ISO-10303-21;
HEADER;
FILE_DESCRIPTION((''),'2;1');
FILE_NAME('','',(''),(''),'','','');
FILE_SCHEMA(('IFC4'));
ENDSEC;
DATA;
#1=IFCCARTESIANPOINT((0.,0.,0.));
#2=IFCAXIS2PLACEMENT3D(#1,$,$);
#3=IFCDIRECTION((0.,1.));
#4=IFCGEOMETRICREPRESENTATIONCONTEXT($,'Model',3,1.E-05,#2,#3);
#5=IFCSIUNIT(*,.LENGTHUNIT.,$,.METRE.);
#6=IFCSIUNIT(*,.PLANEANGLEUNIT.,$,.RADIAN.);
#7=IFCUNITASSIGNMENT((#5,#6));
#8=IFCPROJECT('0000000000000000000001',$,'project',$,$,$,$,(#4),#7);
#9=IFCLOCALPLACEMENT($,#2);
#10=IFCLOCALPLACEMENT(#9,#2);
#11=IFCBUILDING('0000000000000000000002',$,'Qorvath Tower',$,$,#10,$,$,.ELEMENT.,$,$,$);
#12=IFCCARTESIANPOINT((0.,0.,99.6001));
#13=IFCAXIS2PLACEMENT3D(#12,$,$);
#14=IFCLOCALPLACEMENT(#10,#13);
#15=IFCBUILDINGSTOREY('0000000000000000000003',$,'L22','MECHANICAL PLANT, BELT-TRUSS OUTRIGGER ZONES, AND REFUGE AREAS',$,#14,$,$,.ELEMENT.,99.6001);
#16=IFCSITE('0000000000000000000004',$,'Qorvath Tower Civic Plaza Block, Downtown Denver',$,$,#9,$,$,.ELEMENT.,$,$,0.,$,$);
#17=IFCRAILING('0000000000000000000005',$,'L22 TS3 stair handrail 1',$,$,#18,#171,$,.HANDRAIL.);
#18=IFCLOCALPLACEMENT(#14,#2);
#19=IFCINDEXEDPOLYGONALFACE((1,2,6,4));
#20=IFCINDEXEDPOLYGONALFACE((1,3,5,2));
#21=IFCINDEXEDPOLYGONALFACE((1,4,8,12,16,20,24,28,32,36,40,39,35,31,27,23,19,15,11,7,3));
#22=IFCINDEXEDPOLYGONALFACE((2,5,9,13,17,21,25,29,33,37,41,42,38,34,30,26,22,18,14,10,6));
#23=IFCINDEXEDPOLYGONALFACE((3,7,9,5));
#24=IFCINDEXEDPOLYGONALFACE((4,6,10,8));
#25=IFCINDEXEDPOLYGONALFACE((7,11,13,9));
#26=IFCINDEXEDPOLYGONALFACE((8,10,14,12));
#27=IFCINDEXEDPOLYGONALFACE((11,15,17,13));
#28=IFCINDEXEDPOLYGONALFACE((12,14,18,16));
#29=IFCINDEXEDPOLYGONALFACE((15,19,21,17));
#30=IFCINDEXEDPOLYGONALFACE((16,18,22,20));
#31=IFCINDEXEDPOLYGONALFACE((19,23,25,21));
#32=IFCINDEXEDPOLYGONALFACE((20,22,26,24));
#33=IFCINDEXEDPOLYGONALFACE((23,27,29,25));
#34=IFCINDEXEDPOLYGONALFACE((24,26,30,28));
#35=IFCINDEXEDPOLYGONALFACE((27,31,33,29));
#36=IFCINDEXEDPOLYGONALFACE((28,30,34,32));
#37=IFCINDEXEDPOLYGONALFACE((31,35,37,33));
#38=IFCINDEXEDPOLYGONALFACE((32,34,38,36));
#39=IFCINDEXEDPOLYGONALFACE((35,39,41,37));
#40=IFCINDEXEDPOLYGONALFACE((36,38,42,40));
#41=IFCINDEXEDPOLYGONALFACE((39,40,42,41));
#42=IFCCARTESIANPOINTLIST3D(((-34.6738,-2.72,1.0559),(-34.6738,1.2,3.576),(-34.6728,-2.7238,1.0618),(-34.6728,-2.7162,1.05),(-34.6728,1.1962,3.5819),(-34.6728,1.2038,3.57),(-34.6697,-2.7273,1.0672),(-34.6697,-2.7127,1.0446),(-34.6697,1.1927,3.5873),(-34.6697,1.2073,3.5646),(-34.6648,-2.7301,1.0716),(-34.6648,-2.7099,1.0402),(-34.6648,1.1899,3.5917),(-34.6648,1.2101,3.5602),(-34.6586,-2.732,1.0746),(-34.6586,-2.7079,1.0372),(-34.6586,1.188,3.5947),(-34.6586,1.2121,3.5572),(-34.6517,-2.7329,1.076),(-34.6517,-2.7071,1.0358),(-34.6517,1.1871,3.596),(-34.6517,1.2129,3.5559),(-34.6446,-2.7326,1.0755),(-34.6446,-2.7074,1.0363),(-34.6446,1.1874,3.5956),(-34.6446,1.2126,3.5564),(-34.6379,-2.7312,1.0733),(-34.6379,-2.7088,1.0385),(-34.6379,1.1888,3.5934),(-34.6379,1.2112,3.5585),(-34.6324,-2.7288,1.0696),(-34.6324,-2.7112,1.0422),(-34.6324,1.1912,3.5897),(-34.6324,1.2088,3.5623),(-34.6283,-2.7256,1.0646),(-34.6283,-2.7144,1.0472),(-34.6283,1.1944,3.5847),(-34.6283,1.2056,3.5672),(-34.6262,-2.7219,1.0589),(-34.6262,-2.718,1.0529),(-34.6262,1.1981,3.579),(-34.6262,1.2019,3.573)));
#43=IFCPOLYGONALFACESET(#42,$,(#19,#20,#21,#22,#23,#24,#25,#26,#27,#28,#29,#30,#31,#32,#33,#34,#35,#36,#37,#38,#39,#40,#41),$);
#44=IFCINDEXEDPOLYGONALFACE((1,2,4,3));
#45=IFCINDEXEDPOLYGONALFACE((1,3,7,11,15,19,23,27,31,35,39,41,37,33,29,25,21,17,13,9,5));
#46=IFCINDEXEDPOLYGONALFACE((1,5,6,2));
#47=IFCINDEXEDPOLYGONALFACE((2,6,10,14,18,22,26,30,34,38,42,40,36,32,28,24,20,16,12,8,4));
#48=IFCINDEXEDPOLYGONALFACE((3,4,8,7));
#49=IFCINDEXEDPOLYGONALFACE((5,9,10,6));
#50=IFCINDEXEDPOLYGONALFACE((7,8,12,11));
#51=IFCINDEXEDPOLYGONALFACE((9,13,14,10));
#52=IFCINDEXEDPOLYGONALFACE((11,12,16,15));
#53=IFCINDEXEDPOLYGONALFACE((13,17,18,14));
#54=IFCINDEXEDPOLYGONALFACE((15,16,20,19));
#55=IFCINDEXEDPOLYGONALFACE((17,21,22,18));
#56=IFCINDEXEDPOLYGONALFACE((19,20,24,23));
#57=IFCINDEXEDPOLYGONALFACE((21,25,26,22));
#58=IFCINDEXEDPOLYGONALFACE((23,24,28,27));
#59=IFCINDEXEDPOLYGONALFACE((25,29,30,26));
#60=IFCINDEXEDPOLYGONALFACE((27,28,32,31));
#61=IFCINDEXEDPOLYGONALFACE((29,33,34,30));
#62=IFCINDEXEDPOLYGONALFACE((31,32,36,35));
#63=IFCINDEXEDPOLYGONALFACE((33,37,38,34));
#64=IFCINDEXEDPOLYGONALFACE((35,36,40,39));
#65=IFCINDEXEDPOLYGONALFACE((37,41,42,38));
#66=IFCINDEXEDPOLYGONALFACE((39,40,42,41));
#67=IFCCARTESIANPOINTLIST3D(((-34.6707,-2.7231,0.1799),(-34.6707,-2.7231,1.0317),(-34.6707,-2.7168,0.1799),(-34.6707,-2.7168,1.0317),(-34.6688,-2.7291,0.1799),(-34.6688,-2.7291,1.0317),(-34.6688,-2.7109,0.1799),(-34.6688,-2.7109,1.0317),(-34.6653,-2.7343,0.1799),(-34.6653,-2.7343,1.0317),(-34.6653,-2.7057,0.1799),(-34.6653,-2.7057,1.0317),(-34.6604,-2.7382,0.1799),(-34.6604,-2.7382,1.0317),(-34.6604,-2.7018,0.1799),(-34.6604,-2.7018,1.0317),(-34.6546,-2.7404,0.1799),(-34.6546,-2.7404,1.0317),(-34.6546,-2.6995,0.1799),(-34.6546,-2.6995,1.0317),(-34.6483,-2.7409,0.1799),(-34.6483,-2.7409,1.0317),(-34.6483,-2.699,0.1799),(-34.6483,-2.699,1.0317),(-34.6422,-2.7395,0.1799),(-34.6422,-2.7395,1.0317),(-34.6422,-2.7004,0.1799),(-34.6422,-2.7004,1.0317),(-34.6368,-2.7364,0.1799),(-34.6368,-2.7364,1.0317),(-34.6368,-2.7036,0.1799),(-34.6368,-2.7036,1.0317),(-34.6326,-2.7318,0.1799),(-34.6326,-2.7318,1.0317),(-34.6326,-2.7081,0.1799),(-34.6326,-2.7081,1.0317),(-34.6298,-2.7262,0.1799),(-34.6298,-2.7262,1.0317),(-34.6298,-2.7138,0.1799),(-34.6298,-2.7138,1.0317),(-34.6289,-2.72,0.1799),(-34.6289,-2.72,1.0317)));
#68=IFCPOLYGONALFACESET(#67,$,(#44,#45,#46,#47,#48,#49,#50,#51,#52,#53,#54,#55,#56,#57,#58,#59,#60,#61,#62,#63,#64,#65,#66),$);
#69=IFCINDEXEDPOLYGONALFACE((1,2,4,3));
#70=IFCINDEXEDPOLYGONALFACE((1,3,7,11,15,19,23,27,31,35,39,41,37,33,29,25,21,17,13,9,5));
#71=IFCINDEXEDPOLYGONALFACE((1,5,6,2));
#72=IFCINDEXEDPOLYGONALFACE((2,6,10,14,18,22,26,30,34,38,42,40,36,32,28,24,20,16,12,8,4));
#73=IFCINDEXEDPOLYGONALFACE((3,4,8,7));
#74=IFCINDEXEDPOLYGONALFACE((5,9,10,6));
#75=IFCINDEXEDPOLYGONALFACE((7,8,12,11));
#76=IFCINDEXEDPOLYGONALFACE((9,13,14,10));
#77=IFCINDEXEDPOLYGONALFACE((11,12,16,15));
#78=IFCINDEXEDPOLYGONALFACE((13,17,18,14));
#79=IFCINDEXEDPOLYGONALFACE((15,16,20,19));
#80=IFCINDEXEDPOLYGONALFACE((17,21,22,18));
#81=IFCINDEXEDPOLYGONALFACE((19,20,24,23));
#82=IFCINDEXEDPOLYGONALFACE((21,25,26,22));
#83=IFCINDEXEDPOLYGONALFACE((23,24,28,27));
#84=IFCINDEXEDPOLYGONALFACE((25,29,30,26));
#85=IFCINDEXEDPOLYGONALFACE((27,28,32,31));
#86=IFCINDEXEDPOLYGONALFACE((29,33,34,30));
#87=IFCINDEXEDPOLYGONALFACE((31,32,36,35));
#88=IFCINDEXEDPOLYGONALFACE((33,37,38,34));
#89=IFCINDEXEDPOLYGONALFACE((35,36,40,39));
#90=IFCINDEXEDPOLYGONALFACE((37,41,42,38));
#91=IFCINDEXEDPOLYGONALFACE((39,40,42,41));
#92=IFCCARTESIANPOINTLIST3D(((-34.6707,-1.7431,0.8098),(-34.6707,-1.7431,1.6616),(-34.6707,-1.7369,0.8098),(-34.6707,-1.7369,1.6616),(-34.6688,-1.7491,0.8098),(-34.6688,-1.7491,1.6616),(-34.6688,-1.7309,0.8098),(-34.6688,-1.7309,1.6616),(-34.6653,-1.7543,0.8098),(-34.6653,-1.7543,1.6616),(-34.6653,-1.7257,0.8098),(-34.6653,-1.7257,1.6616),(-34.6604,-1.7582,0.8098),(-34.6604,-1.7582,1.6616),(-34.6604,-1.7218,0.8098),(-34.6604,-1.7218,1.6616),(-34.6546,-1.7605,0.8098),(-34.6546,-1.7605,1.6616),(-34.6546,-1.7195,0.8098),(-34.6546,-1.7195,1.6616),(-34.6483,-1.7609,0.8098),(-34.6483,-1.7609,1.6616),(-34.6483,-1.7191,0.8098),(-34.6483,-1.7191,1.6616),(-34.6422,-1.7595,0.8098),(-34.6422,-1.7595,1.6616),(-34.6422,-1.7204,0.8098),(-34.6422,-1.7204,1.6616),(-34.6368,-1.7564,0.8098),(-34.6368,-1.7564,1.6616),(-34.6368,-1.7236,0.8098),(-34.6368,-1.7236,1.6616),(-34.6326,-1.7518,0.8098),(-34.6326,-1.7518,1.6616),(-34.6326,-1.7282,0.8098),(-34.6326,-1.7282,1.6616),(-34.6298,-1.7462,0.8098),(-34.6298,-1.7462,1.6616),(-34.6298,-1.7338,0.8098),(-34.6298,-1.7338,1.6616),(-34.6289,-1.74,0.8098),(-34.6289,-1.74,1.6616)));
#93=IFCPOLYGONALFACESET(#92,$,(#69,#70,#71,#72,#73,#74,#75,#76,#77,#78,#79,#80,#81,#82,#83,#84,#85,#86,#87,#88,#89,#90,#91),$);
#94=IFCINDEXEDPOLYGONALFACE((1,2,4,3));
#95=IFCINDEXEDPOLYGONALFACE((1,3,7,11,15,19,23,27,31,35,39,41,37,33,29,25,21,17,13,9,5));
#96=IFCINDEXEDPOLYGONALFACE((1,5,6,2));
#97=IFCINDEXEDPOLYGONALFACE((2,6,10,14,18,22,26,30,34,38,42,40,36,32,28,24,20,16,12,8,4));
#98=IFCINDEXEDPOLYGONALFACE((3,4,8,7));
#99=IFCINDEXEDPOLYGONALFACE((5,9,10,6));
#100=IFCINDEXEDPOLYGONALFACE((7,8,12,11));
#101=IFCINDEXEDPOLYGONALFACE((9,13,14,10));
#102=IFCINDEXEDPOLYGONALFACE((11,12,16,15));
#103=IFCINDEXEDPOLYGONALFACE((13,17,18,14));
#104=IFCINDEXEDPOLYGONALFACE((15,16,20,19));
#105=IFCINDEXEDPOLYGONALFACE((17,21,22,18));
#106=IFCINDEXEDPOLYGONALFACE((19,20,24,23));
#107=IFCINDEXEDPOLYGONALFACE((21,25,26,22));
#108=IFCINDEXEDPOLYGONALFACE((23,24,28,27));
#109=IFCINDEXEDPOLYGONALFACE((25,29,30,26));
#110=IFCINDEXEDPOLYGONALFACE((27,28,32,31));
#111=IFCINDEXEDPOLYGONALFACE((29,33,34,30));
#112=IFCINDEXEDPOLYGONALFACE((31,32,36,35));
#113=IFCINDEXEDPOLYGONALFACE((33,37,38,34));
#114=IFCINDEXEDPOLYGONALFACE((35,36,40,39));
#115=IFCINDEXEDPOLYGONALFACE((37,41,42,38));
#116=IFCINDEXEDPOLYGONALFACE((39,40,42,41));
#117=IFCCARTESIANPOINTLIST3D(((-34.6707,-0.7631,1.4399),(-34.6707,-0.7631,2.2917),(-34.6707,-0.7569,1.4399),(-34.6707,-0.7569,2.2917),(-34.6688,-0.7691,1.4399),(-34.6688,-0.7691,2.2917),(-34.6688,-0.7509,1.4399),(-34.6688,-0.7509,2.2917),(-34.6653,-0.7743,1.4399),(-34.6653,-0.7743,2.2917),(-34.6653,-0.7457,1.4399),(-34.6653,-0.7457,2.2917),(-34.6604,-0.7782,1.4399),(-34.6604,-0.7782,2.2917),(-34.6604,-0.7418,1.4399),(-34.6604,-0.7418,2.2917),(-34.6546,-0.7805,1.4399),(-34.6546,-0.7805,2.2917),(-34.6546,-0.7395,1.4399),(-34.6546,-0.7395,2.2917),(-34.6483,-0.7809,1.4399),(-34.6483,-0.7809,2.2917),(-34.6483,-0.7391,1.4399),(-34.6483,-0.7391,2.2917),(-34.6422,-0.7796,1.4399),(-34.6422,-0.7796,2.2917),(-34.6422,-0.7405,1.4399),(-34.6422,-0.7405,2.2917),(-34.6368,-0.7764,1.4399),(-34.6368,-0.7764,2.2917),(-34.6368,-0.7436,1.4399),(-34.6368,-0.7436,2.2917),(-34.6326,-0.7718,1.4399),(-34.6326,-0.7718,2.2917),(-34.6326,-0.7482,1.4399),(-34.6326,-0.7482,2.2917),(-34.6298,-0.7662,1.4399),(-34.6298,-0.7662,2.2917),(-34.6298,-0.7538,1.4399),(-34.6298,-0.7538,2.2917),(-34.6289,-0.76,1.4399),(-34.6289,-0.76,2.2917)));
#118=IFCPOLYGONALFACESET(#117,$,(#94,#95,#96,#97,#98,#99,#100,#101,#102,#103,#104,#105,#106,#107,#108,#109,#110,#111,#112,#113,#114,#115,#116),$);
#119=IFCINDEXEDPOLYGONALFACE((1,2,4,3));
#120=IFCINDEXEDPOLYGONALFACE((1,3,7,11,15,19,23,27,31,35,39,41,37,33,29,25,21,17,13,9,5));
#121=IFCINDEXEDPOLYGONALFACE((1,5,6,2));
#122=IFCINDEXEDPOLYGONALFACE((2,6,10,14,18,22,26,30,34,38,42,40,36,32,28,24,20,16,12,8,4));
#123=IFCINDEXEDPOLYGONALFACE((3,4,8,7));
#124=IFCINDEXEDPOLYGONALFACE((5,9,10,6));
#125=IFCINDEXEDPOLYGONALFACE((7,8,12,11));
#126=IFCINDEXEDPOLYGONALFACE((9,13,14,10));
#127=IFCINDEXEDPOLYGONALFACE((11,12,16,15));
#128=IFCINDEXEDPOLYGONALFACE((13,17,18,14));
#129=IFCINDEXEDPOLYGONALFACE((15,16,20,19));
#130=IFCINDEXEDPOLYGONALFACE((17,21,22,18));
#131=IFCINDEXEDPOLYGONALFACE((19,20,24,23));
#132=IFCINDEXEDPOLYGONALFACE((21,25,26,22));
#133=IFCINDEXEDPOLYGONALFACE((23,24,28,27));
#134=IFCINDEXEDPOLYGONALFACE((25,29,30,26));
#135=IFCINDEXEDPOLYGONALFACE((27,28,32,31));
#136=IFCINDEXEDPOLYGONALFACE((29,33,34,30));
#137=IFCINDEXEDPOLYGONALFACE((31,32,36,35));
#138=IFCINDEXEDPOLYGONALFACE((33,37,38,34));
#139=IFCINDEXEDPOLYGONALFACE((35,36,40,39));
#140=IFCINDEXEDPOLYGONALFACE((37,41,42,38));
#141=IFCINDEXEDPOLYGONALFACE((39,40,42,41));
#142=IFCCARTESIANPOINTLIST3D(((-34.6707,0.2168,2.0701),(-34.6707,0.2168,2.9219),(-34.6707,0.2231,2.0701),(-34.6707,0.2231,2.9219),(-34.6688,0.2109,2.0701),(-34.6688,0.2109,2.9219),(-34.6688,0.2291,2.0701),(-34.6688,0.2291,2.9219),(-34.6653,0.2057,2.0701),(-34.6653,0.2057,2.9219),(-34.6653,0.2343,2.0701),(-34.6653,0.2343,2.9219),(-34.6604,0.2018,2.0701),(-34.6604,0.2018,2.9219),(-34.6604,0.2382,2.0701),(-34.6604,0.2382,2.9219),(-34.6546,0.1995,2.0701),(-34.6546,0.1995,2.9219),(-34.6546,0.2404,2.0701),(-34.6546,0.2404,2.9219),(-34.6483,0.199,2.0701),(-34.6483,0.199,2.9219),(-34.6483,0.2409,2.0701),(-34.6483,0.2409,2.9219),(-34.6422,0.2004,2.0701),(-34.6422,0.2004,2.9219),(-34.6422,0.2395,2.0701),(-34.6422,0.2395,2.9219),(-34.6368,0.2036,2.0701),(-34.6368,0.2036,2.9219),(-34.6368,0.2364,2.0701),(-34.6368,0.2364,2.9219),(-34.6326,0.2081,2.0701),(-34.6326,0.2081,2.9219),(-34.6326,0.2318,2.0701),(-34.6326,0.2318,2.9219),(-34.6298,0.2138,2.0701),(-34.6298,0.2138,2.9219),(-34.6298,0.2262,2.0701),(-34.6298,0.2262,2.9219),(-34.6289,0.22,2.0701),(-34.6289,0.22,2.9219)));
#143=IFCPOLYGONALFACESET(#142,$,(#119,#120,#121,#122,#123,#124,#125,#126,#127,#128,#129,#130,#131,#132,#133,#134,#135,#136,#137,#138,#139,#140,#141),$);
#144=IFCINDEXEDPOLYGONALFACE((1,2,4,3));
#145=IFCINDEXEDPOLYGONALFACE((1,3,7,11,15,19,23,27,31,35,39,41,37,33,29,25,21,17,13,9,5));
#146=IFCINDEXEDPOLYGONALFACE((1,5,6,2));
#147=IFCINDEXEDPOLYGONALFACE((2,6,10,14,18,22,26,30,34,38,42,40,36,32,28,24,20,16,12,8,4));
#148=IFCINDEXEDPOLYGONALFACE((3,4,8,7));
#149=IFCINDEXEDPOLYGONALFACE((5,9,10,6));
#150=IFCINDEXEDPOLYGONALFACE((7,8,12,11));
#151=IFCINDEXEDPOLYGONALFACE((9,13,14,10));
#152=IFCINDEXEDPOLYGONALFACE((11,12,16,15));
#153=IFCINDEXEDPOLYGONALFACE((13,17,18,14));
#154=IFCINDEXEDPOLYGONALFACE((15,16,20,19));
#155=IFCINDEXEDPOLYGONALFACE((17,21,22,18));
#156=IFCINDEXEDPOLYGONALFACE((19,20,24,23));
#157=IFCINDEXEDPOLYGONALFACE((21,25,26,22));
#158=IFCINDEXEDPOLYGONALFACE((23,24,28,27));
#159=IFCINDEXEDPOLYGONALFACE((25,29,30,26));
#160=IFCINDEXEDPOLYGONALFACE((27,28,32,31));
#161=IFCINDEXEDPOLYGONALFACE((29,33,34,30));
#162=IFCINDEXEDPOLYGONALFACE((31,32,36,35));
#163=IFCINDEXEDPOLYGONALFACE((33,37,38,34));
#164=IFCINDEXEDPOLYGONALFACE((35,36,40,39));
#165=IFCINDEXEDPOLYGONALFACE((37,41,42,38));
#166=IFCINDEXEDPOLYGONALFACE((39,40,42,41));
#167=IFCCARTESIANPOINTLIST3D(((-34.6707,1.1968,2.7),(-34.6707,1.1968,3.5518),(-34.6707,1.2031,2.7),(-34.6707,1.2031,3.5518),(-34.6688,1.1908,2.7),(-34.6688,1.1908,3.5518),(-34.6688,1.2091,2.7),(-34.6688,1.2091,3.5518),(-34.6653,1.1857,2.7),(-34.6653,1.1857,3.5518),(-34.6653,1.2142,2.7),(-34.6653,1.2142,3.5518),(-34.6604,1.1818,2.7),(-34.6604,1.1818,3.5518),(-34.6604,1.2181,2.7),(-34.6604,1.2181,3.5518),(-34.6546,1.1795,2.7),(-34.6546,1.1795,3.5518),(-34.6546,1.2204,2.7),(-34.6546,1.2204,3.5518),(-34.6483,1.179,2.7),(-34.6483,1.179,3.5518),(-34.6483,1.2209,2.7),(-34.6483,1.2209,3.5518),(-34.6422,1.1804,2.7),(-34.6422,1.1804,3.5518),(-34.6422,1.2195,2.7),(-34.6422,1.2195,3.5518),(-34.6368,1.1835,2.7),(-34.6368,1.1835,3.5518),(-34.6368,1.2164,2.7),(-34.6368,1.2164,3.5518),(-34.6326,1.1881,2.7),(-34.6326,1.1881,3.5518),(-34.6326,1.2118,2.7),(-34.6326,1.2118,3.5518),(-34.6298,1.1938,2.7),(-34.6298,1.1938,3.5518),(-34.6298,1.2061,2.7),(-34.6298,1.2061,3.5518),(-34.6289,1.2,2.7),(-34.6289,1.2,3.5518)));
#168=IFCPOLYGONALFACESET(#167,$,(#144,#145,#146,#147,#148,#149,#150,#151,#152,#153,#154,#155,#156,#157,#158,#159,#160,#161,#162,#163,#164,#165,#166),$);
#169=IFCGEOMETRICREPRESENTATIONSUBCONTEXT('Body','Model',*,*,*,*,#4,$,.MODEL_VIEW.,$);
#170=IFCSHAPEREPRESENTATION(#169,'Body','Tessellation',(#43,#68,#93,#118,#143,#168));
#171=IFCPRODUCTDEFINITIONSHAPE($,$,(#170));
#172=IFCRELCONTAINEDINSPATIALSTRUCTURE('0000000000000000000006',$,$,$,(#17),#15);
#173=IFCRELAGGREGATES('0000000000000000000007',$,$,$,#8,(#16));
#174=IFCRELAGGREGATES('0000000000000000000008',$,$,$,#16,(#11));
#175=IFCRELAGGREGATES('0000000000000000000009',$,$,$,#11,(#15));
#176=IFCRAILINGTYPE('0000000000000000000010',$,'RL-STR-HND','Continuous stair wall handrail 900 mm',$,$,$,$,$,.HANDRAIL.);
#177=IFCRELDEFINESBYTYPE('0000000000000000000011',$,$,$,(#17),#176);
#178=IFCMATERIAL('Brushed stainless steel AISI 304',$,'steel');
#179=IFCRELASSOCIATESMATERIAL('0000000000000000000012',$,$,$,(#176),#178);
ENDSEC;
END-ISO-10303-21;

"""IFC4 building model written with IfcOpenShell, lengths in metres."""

from ifc_helpers import new_model, si_unit, direction, frame, origin, origin_2d, place, context, subcontext, project, spatial, circle, extrude, material, type_object, element, save


model = new_model("IFC4")

# Units and contexts
model_context = context("Model", 3, precision=1e-05, world=origin(), true_north=direction((0.0, 1.0)))
body_context = subcontext(model_context, "Body", "Model", "MODEL_VIEW")
ifc_project = project(units=[si_unit("LENGTHUNIT", "METRE"), si_unit("PLANEANGLEUNIT", "RADIAN")], contexts=[model_context])

# Site, building, storey
site_placement = place(None, origin())
site = spatial("IfcSite", under=ifc_project, at=site_placement, Name="Qorvath Tower Civic Plaza Block, Downtown Denver", CompositionType="ELEMENT", RefElevation=0.0)
building_placement = place(site_placement, origin())
building = spatial("IfcBuilding", under=site, at=building_placement, Name="Qorvath Tower", CompositionType="ELEMENT")
storey_placement = place(building_placement, frame((0.0, 0.0, 99.6001)))
storey = spatial("IfcBuildingStorey", under=building, at=storey_placement, Name="L22", Description="MECHANICAL PLANT, BELT-TRUSS OUTRIGGER ZONES, AND REFUGE AREAS", CompositionType="ELEMENT", Elevation=99.6001)

# Railing
ifc_material_1 = material(Name="Brushed stainless steel AISI 304", Category="steel")
railing_type_1 = type_object("IfcRailingType", Name="RL-STR-HND", Description="Continuous stair wall handrail 900 mm", PredefinedType="HANDRAIL", material=ifc_material_1)
railing_1_placement = place(storey_placement, frame((-34.6499, -2.72, 0.1799)))
element("IfcRailing", 1, at=railing_1_placement, inside=storey, type_object=railing_type_1, Name="L22 TS3 stair handrail 1", PredefinedType="HANDRAIL", context=body_context, shape_type="SweptSolid", body=[
    extrude(circle(Radius=0.0239, at=origin_2d()), frame((0.0, 0.0, 0.876), z_axis=(0.0, 0.841172, 0.540768), x_axis=(-1.0, 0.0, 0.0)), (0.0, 0.0, 1.0), 4.6602),
    extrude(circle(Radius=0.021, at=origin_2d()), origin(), (0.0, 0.0, 1.0), 0.8518),
    extrude(circle(Radius=0.021, at=origin_2d()), frame((0.0, 0.98, 0.6299)), (0.0, 0.0, 1.0), 0.8518),
    extrude(circle(Radius=0.021, at=origin_2d()), frame((0.0, 1.96, 1.26)), (0.0, 0.0, 1.0), 0.8518),
    extrude(circle(Radius=0.021, at=origin_2d()), frame((0.0, 2.9399, 1.8901)), (0.0, 0.0, 1.0), 0.8518),
    extrude(circle(Radius=0.021, at=origin_2d()), frame((0.0, 3.9199, 2.52)), (0.0, 0.0, 1.0), 0.8518),
])

save(model, "model.ifc")
